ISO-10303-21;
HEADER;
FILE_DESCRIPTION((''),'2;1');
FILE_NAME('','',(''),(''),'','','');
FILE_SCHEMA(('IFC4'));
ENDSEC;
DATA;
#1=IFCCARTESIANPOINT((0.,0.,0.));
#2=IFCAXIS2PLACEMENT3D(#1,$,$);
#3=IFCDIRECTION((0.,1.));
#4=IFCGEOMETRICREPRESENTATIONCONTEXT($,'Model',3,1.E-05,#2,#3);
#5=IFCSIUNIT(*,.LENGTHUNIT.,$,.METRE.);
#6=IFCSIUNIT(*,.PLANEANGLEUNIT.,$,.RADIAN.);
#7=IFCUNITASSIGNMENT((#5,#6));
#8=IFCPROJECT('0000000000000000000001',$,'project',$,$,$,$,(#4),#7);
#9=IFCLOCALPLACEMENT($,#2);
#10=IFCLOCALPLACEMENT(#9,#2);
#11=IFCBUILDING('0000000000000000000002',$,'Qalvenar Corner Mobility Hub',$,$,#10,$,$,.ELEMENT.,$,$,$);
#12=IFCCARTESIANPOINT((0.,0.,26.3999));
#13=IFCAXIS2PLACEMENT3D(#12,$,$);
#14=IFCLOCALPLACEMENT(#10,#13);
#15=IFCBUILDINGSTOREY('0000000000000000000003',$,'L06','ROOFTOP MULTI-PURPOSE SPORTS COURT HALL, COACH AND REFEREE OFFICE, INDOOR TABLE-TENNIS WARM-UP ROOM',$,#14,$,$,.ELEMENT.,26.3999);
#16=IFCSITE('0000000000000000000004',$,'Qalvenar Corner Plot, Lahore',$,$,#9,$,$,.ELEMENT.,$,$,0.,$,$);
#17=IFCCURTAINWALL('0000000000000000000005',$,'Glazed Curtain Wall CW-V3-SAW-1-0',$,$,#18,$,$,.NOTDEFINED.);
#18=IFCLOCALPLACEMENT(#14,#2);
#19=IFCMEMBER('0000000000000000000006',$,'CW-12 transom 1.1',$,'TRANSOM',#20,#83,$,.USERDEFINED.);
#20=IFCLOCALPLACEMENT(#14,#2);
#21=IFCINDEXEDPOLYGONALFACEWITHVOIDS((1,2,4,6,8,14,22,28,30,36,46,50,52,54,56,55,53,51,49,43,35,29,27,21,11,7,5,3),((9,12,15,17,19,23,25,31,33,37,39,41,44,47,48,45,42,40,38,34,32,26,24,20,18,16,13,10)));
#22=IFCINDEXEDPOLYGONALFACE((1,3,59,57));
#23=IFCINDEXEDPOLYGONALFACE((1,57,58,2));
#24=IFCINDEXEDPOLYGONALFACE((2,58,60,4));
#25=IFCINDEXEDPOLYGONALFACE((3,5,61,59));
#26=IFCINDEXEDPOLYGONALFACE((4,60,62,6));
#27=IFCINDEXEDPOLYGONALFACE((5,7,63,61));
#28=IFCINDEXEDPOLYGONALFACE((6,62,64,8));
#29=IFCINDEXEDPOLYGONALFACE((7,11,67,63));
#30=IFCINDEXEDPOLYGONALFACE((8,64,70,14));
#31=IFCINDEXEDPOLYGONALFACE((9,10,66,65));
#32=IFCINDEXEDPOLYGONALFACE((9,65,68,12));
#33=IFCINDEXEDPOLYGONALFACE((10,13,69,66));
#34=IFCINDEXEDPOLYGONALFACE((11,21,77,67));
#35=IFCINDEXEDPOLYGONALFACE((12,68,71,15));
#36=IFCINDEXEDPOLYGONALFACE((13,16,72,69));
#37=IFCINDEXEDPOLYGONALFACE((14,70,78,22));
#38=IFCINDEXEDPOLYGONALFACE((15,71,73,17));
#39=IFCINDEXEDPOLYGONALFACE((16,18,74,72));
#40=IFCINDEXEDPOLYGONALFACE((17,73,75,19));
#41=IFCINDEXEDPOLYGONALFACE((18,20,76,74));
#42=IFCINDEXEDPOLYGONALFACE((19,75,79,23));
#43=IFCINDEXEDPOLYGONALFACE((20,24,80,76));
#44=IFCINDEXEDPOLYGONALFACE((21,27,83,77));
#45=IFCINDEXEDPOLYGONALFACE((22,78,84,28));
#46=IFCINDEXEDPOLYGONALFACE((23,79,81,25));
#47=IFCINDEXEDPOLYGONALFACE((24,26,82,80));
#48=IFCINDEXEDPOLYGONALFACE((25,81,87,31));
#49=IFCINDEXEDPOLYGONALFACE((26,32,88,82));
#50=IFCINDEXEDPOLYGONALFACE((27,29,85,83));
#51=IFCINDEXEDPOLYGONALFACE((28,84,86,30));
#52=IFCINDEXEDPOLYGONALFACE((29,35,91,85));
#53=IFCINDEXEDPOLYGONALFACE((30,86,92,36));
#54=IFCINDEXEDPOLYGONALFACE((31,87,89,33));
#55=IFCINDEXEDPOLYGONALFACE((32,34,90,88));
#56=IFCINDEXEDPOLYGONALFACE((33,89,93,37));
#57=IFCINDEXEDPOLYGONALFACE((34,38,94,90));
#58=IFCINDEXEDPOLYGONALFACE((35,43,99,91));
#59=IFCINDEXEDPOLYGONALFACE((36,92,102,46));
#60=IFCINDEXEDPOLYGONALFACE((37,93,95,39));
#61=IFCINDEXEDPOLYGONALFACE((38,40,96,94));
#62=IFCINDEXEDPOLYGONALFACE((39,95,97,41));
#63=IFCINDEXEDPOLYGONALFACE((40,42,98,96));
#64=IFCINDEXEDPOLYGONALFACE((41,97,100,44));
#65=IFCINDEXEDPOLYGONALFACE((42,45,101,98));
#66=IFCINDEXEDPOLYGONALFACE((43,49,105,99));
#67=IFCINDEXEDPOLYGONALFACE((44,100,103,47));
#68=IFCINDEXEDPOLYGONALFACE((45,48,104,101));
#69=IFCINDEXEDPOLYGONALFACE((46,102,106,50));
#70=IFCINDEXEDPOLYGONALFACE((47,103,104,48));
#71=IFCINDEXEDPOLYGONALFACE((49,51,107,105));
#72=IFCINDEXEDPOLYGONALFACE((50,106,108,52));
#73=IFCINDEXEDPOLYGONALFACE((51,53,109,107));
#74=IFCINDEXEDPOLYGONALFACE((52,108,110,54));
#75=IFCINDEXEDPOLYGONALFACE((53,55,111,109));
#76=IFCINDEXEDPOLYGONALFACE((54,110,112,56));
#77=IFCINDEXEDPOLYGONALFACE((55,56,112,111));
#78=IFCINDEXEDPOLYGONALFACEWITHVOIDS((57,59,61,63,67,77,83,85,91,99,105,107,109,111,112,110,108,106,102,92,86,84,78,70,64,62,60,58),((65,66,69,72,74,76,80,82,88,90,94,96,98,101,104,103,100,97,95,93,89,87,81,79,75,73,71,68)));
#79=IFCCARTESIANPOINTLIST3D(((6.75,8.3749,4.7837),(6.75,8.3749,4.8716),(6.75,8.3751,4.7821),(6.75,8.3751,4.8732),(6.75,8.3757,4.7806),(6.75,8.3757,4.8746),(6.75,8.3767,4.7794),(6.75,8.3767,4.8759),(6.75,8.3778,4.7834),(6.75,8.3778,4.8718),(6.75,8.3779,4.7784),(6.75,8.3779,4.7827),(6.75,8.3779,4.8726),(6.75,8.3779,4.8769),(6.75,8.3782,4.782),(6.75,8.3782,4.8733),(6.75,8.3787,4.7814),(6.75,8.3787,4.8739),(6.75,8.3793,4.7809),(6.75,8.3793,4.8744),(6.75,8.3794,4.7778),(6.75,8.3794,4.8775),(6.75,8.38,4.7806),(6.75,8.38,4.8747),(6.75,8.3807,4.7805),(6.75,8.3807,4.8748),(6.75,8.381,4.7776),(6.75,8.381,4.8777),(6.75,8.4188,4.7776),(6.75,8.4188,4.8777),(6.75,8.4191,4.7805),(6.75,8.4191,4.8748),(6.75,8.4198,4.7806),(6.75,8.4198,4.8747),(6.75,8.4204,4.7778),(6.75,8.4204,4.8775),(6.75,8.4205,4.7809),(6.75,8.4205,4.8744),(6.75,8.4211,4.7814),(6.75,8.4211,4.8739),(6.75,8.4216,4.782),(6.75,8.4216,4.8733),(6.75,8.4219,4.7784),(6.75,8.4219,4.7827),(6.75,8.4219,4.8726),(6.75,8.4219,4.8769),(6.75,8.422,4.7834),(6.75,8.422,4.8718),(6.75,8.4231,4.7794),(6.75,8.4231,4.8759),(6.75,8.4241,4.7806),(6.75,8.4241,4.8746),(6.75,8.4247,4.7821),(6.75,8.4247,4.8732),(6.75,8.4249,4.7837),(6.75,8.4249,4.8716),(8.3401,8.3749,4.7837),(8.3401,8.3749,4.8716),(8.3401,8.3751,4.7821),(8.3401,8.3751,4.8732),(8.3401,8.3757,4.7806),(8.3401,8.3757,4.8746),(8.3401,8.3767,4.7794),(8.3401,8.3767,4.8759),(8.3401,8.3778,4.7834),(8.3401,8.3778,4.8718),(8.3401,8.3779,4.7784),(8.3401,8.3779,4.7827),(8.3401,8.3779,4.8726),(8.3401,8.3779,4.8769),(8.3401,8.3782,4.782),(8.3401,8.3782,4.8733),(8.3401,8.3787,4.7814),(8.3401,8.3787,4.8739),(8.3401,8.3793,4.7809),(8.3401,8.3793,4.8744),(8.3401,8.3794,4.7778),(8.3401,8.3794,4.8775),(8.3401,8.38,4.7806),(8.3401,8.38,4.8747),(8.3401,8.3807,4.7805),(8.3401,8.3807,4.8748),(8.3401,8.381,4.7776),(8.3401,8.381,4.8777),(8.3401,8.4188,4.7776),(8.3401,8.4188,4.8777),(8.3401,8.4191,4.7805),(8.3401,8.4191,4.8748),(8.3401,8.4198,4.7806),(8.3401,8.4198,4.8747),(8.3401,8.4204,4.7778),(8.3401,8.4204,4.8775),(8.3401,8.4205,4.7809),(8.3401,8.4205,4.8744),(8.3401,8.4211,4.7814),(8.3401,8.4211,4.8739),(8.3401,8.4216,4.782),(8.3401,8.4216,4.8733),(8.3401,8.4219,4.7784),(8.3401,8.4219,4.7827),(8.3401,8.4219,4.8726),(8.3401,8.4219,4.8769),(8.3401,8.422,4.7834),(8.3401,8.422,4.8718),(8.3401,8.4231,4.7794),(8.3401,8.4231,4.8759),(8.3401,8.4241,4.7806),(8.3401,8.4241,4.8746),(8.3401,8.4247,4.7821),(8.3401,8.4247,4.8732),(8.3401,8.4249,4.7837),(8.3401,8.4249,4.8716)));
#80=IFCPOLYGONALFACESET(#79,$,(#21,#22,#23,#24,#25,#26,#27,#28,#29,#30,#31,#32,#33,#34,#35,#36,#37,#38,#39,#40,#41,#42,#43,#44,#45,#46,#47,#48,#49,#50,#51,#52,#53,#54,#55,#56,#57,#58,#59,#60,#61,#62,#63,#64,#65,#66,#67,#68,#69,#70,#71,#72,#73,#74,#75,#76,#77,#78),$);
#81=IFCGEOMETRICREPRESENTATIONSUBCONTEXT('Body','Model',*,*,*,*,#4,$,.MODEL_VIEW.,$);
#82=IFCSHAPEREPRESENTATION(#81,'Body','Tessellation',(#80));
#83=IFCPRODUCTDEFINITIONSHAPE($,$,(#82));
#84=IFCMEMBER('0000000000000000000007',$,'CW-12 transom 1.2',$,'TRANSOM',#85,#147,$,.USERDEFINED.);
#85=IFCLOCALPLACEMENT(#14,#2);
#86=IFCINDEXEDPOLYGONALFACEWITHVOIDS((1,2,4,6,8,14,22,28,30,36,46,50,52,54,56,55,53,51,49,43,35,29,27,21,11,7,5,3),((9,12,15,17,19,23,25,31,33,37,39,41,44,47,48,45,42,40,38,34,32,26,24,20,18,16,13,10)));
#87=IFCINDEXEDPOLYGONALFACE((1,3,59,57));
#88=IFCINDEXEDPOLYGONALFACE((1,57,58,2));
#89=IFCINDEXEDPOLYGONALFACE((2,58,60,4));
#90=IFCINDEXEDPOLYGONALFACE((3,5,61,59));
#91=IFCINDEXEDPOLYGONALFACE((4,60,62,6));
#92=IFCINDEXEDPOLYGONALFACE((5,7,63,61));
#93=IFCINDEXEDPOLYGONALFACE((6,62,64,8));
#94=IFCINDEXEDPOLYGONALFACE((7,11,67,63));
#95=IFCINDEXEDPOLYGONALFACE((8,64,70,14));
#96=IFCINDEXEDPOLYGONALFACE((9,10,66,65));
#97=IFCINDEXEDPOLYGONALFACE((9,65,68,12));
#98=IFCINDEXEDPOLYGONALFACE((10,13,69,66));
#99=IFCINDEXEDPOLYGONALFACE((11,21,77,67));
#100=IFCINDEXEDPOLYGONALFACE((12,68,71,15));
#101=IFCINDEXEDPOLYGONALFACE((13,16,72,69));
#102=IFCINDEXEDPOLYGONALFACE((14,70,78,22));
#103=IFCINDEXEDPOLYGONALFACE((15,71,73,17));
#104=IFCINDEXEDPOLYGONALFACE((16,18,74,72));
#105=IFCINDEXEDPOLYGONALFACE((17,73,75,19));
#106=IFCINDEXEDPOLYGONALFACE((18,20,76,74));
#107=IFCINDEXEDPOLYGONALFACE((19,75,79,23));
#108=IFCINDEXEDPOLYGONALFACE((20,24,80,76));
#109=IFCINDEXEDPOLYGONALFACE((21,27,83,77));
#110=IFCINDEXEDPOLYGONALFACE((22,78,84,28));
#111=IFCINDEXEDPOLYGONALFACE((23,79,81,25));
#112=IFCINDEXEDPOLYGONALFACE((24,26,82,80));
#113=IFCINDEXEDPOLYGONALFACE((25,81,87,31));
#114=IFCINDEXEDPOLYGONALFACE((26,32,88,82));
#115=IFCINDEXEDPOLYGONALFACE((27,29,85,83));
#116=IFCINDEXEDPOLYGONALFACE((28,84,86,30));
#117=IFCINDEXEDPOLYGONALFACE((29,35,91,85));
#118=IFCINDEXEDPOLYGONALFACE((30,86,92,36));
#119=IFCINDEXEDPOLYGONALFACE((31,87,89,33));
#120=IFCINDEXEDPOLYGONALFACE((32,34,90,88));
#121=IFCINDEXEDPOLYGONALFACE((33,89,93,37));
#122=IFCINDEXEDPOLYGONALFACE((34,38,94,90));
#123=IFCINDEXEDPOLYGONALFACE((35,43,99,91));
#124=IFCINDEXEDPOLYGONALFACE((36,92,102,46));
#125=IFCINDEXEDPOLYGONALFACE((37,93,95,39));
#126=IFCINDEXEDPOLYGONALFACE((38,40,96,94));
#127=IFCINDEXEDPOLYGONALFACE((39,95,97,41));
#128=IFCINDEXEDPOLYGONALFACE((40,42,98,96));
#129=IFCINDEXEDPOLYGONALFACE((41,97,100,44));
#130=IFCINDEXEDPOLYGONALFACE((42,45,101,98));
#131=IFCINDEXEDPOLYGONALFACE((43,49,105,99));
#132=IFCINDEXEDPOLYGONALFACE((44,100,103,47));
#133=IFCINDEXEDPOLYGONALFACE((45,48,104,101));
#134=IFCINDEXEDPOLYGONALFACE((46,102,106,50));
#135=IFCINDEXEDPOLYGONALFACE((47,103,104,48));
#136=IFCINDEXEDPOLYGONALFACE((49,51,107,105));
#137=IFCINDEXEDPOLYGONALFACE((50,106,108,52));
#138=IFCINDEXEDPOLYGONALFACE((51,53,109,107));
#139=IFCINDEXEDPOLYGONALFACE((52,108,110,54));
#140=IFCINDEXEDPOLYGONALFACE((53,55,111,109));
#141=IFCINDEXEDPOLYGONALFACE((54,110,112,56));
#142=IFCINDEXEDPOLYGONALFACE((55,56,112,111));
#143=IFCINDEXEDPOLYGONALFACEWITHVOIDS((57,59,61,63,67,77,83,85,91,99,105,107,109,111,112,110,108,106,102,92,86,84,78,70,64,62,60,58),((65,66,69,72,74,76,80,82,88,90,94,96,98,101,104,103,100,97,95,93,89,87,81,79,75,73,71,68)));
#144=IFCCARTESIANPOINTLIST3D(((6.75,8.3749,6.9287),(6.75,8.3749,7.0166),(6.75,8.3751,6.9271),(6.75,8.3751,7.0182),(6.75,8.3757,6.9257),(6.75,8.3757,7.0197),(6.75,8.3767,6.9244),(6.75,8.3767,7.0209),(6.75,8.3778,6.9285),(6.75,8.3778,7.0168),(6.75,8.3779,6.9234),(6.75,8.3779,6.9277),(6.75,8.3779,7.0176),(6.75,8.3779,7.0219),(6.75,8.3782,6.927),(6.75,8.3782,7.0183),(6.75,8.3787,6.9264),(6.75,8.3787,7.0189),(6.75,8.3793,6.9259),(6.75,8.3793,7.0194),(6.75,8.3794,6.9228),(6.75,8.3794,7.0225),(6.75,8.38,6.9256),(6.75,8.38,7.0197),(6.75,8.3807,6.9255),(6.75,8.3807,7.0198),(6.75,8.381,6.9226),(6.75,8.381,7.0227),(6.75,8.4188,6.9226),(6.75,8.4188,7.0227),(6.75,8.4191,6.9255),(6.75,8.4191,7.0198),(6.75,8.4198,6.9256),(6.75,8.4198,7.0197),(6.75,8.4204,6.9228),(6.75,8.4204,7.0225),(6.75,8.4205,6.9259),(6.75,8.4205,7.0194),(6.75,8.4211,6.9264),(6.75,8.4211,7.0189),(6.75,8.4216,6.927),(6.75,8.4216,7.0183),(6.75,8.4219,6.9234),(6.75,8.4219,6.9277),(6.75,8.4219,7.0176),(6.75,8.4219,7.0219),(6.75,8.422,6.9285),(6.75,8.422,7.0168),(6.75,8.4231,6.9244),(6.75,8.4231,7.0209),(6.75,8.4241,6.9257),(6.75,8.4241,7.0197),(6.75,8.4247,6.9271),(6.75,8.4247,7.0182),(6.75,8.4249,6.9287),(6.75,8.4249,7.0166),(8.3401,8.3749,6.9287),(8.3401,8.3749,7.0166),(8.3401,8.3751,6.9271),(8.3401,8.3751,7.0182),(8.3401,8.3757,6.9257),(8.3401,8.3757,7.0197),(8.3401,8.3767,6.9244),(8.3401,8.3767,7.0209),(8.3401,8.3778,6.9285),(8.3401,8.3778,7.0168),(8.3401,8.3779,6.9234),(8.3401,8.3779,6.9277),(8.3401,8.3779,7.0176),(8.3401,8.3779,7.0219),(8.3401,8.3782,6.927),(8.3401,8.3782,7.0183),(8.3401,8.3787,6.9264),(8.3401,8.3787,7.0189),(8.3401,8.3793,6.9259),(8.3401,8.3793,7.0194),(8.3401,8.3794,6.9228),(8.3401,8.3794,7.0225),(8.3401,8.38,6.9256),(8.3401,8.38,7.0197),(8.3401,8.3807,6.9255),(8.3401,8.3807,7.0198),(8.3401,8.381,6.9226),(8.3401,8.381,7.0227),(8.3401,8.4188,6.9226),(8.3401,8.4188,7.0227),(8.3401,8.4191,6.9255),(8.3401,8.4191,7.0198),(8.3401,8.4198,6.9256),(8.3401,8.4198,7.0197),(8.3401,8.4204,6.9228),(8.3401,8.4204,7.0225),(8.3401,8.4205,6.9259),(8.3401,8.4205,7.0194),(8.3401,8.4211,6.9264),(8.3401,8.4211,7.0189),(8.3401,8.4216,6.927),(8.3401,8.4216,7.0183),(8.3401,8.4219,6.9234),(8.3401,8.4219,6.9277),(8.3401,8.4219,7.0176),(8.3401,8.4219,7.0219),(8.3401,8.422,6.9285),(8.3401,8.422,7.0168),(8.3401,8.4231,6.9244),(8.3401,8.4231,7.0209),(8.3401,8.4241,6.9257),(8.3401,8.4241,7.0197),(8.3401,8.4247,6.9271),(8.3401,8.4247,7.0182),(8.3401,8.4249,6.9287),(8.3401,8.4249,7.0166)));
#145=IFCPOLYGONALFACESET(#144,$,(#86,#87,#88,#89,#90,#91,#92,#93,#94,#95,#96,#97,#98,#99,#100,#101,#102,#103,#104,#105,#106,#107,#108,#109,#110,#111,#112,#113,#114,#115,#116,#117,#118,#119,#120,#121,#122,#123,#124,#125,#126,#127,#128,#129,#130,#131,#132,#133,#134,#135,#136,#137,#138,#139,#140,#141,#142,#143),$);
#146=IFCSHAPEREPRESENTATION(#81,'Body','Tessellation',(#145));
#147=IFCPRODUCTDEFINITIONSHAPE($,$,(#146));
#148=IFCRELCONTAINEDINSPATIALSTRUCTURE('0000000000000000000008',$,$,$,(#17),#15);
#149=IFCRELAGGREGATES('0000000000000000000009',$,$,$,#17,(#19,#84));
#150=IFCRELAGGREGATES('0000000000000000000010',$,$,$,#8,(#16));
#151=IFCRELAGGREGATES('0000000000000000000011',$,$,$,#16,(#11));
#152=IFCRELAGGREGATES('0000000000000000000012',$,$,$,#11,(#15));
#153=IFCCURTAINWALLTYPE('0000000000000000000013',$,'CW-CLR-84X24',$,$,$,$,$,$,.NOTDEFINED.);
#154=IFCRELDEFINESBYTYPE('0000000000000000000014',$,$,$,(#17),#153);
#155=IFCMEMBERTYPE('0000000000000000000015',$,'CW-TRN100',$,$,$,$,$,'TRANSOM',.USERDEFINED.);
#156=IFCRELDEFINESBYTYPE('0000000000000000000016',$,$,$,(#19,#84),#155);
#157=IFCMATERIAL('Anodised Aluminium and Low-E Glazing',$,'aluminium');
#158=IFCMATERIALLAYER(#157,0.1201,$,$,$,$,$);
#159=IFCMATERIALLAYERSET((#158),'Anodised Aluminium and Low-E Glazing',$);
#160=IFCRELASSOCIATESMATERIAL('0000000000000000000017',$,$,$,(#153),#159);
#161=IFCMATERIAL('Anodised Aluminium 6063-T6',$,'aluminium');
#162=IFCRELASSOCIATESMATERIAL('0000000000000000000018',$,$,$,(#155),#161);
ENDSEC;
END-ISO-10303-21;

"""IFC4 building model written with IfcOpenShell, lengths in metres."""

from ifc_helpers import new_model, si_unit, direction, frame, origin, origin_2d, place, context, subcontext, project, spatial, hollow_rectangle, extrude, material, layer, layer_set, material_profile, profile_set, type_object, element, aggregate, save


model = new_model("IFC4")

# Units and contexts
model_context = context("Model", 3, precision=1e-05, world=origin(), true_north=direction((0.0, 1.0)))
body_context = subcontext(model_context, "Body", "Model", "MODEL_VIEW")
ifc_project = project(units=[si_unit("LENGTHUNIT", "METRE"), si_unit("PLANEANGLEUNIT", "RADIAN")], contexts=[model_context])

# Site, building, storey
site_placement = place(None, origin())
site = spatial("IfcSite", under=ifc_project, at=site_placement, Name="Qalvenar Corner Plot, Lahore", CompositionType="ELEMENT", RefElevation=0.0)
building_placement = place(site_placement, origin())
building = spatial("IfcBuilding", under=site, at=building_placement, Name="Qalvenar Corner Mobility Hub", CompositionType="ELEMENT")
storey_placement = place(building_placement, frame((0.0, 0.0, 26.3999)))
storey = spatial("IfcBuildingStorey", under=building, at=storey_placement, Name="L06", Description="ROOFTOP MULTI-PURPOSE SPORTS COURT HALL, COACH AND REFEREE OFFICE, INDOOR TABLE-TENNIS WARM-UP ROOM", CompositionType="ELEMENT", Elevation=26.3999)

# Curtain wall
ifc_material_1 = material(Name="Anodised Aluminium and Low-E Glazing", Category="aluminium")
ifc_layer_1 = layer(ifc_material_1, 0.1201)
ifc_layer_set_1 = layer_set([ifc_layer_1], Name="Anodised Aluminium and Low-E Glazing")
curtain_wall_type = type_object("IfcCurtainWallType", Name="CW-CLR-84X24", PredefinedType="NOTDEFINED", material=ifc_layer_set_1)
curtain_wall_1_placement = place(storey_placement, origin())
curtain_wall_1 = element("IfcCurtainWall", 1, at=curtain_wall_1_placement, inside=storey, type_object=curtain_wall_type, Name="Glazed Curtain Wall CW-V3-SAW-1-0", PredefinedType="NOTDEFINED")
ifc_material_2 = material(Name="Anodised Aluminium 6063-T6", Category="aluminium")

# Members
ifc_material_profile_1 = material_profile(ifc_material_2, hollow_rectangle(XDim=0.05, YDim=0.1001, WallThickness=0.0029, InnerFilletRadius=0.0029, OuterFilletRadius=0.0061, at=origin_2d()), Name="RHS100x50x3")
ifc_profile_set_1 = profile_set([ifc_material_profile_1], Name="Anodised Aluminium 6063-T6")
member_type_1 = type_object("IfcMemberType", Name="CW-TRN100", ElementType="TRANSOM", PredefinedType="USERDEFINED", material=ifc_profile_set_1)
member_1_placement = place(storey_placement, frame((8.3401, 8.3999, 4.8276), z_axis=(-1.0, 0.0, 0.0), x_axis=(0.0, -1.0, 0.0)))
member_1 = element("IfcMember", 2, at=member_1_placement, type_object=member_type_1, Name="CW-12 transom 1.1", ObjectType="TRANSOM", PredefinedType="USERDEFINED", context=body_context, shape_type="SweptSolid", body=[
    extrude(hollow_rectangle(XDim=0.05, YDim=0.1001, WallThickness=0.0029, InnerFilletRadius=0.0029, OuterFilletRadius=0.0061, at=origin_2d()), origin(), (0.0, 0.0, 1.0), 1.5901),
])
member_2_placement = place(storey_placement, frame((8.3401, 8.3999, 6.9727), z_axis=(-1.0, 0.0, 0.0), x_axis=(0.0, -1.0, 0.0)))
member_2 = element("IfcMember", 3, at=member_2_placement, type_object=member_type_1, Name="CW-12 transom 1.2", ObjectType="TRANSOM", PredefinedType="USERDEFINED", context=body_context, shape_type="SweptSolid", body=[
    extrude(hollow_rectangle(XDim=0.05, YDim=0.1001, WallThickness=0.0029, InnerFilletRadius=0.0029, OuterFilletRadius=0.0061, at=origin_2d()), origin(), (0.0, 0.0, 1.0), 1.5901),
])

aggregate(curtain_wall_1, [member_1, member_2])

save(model, "model.ifc")
